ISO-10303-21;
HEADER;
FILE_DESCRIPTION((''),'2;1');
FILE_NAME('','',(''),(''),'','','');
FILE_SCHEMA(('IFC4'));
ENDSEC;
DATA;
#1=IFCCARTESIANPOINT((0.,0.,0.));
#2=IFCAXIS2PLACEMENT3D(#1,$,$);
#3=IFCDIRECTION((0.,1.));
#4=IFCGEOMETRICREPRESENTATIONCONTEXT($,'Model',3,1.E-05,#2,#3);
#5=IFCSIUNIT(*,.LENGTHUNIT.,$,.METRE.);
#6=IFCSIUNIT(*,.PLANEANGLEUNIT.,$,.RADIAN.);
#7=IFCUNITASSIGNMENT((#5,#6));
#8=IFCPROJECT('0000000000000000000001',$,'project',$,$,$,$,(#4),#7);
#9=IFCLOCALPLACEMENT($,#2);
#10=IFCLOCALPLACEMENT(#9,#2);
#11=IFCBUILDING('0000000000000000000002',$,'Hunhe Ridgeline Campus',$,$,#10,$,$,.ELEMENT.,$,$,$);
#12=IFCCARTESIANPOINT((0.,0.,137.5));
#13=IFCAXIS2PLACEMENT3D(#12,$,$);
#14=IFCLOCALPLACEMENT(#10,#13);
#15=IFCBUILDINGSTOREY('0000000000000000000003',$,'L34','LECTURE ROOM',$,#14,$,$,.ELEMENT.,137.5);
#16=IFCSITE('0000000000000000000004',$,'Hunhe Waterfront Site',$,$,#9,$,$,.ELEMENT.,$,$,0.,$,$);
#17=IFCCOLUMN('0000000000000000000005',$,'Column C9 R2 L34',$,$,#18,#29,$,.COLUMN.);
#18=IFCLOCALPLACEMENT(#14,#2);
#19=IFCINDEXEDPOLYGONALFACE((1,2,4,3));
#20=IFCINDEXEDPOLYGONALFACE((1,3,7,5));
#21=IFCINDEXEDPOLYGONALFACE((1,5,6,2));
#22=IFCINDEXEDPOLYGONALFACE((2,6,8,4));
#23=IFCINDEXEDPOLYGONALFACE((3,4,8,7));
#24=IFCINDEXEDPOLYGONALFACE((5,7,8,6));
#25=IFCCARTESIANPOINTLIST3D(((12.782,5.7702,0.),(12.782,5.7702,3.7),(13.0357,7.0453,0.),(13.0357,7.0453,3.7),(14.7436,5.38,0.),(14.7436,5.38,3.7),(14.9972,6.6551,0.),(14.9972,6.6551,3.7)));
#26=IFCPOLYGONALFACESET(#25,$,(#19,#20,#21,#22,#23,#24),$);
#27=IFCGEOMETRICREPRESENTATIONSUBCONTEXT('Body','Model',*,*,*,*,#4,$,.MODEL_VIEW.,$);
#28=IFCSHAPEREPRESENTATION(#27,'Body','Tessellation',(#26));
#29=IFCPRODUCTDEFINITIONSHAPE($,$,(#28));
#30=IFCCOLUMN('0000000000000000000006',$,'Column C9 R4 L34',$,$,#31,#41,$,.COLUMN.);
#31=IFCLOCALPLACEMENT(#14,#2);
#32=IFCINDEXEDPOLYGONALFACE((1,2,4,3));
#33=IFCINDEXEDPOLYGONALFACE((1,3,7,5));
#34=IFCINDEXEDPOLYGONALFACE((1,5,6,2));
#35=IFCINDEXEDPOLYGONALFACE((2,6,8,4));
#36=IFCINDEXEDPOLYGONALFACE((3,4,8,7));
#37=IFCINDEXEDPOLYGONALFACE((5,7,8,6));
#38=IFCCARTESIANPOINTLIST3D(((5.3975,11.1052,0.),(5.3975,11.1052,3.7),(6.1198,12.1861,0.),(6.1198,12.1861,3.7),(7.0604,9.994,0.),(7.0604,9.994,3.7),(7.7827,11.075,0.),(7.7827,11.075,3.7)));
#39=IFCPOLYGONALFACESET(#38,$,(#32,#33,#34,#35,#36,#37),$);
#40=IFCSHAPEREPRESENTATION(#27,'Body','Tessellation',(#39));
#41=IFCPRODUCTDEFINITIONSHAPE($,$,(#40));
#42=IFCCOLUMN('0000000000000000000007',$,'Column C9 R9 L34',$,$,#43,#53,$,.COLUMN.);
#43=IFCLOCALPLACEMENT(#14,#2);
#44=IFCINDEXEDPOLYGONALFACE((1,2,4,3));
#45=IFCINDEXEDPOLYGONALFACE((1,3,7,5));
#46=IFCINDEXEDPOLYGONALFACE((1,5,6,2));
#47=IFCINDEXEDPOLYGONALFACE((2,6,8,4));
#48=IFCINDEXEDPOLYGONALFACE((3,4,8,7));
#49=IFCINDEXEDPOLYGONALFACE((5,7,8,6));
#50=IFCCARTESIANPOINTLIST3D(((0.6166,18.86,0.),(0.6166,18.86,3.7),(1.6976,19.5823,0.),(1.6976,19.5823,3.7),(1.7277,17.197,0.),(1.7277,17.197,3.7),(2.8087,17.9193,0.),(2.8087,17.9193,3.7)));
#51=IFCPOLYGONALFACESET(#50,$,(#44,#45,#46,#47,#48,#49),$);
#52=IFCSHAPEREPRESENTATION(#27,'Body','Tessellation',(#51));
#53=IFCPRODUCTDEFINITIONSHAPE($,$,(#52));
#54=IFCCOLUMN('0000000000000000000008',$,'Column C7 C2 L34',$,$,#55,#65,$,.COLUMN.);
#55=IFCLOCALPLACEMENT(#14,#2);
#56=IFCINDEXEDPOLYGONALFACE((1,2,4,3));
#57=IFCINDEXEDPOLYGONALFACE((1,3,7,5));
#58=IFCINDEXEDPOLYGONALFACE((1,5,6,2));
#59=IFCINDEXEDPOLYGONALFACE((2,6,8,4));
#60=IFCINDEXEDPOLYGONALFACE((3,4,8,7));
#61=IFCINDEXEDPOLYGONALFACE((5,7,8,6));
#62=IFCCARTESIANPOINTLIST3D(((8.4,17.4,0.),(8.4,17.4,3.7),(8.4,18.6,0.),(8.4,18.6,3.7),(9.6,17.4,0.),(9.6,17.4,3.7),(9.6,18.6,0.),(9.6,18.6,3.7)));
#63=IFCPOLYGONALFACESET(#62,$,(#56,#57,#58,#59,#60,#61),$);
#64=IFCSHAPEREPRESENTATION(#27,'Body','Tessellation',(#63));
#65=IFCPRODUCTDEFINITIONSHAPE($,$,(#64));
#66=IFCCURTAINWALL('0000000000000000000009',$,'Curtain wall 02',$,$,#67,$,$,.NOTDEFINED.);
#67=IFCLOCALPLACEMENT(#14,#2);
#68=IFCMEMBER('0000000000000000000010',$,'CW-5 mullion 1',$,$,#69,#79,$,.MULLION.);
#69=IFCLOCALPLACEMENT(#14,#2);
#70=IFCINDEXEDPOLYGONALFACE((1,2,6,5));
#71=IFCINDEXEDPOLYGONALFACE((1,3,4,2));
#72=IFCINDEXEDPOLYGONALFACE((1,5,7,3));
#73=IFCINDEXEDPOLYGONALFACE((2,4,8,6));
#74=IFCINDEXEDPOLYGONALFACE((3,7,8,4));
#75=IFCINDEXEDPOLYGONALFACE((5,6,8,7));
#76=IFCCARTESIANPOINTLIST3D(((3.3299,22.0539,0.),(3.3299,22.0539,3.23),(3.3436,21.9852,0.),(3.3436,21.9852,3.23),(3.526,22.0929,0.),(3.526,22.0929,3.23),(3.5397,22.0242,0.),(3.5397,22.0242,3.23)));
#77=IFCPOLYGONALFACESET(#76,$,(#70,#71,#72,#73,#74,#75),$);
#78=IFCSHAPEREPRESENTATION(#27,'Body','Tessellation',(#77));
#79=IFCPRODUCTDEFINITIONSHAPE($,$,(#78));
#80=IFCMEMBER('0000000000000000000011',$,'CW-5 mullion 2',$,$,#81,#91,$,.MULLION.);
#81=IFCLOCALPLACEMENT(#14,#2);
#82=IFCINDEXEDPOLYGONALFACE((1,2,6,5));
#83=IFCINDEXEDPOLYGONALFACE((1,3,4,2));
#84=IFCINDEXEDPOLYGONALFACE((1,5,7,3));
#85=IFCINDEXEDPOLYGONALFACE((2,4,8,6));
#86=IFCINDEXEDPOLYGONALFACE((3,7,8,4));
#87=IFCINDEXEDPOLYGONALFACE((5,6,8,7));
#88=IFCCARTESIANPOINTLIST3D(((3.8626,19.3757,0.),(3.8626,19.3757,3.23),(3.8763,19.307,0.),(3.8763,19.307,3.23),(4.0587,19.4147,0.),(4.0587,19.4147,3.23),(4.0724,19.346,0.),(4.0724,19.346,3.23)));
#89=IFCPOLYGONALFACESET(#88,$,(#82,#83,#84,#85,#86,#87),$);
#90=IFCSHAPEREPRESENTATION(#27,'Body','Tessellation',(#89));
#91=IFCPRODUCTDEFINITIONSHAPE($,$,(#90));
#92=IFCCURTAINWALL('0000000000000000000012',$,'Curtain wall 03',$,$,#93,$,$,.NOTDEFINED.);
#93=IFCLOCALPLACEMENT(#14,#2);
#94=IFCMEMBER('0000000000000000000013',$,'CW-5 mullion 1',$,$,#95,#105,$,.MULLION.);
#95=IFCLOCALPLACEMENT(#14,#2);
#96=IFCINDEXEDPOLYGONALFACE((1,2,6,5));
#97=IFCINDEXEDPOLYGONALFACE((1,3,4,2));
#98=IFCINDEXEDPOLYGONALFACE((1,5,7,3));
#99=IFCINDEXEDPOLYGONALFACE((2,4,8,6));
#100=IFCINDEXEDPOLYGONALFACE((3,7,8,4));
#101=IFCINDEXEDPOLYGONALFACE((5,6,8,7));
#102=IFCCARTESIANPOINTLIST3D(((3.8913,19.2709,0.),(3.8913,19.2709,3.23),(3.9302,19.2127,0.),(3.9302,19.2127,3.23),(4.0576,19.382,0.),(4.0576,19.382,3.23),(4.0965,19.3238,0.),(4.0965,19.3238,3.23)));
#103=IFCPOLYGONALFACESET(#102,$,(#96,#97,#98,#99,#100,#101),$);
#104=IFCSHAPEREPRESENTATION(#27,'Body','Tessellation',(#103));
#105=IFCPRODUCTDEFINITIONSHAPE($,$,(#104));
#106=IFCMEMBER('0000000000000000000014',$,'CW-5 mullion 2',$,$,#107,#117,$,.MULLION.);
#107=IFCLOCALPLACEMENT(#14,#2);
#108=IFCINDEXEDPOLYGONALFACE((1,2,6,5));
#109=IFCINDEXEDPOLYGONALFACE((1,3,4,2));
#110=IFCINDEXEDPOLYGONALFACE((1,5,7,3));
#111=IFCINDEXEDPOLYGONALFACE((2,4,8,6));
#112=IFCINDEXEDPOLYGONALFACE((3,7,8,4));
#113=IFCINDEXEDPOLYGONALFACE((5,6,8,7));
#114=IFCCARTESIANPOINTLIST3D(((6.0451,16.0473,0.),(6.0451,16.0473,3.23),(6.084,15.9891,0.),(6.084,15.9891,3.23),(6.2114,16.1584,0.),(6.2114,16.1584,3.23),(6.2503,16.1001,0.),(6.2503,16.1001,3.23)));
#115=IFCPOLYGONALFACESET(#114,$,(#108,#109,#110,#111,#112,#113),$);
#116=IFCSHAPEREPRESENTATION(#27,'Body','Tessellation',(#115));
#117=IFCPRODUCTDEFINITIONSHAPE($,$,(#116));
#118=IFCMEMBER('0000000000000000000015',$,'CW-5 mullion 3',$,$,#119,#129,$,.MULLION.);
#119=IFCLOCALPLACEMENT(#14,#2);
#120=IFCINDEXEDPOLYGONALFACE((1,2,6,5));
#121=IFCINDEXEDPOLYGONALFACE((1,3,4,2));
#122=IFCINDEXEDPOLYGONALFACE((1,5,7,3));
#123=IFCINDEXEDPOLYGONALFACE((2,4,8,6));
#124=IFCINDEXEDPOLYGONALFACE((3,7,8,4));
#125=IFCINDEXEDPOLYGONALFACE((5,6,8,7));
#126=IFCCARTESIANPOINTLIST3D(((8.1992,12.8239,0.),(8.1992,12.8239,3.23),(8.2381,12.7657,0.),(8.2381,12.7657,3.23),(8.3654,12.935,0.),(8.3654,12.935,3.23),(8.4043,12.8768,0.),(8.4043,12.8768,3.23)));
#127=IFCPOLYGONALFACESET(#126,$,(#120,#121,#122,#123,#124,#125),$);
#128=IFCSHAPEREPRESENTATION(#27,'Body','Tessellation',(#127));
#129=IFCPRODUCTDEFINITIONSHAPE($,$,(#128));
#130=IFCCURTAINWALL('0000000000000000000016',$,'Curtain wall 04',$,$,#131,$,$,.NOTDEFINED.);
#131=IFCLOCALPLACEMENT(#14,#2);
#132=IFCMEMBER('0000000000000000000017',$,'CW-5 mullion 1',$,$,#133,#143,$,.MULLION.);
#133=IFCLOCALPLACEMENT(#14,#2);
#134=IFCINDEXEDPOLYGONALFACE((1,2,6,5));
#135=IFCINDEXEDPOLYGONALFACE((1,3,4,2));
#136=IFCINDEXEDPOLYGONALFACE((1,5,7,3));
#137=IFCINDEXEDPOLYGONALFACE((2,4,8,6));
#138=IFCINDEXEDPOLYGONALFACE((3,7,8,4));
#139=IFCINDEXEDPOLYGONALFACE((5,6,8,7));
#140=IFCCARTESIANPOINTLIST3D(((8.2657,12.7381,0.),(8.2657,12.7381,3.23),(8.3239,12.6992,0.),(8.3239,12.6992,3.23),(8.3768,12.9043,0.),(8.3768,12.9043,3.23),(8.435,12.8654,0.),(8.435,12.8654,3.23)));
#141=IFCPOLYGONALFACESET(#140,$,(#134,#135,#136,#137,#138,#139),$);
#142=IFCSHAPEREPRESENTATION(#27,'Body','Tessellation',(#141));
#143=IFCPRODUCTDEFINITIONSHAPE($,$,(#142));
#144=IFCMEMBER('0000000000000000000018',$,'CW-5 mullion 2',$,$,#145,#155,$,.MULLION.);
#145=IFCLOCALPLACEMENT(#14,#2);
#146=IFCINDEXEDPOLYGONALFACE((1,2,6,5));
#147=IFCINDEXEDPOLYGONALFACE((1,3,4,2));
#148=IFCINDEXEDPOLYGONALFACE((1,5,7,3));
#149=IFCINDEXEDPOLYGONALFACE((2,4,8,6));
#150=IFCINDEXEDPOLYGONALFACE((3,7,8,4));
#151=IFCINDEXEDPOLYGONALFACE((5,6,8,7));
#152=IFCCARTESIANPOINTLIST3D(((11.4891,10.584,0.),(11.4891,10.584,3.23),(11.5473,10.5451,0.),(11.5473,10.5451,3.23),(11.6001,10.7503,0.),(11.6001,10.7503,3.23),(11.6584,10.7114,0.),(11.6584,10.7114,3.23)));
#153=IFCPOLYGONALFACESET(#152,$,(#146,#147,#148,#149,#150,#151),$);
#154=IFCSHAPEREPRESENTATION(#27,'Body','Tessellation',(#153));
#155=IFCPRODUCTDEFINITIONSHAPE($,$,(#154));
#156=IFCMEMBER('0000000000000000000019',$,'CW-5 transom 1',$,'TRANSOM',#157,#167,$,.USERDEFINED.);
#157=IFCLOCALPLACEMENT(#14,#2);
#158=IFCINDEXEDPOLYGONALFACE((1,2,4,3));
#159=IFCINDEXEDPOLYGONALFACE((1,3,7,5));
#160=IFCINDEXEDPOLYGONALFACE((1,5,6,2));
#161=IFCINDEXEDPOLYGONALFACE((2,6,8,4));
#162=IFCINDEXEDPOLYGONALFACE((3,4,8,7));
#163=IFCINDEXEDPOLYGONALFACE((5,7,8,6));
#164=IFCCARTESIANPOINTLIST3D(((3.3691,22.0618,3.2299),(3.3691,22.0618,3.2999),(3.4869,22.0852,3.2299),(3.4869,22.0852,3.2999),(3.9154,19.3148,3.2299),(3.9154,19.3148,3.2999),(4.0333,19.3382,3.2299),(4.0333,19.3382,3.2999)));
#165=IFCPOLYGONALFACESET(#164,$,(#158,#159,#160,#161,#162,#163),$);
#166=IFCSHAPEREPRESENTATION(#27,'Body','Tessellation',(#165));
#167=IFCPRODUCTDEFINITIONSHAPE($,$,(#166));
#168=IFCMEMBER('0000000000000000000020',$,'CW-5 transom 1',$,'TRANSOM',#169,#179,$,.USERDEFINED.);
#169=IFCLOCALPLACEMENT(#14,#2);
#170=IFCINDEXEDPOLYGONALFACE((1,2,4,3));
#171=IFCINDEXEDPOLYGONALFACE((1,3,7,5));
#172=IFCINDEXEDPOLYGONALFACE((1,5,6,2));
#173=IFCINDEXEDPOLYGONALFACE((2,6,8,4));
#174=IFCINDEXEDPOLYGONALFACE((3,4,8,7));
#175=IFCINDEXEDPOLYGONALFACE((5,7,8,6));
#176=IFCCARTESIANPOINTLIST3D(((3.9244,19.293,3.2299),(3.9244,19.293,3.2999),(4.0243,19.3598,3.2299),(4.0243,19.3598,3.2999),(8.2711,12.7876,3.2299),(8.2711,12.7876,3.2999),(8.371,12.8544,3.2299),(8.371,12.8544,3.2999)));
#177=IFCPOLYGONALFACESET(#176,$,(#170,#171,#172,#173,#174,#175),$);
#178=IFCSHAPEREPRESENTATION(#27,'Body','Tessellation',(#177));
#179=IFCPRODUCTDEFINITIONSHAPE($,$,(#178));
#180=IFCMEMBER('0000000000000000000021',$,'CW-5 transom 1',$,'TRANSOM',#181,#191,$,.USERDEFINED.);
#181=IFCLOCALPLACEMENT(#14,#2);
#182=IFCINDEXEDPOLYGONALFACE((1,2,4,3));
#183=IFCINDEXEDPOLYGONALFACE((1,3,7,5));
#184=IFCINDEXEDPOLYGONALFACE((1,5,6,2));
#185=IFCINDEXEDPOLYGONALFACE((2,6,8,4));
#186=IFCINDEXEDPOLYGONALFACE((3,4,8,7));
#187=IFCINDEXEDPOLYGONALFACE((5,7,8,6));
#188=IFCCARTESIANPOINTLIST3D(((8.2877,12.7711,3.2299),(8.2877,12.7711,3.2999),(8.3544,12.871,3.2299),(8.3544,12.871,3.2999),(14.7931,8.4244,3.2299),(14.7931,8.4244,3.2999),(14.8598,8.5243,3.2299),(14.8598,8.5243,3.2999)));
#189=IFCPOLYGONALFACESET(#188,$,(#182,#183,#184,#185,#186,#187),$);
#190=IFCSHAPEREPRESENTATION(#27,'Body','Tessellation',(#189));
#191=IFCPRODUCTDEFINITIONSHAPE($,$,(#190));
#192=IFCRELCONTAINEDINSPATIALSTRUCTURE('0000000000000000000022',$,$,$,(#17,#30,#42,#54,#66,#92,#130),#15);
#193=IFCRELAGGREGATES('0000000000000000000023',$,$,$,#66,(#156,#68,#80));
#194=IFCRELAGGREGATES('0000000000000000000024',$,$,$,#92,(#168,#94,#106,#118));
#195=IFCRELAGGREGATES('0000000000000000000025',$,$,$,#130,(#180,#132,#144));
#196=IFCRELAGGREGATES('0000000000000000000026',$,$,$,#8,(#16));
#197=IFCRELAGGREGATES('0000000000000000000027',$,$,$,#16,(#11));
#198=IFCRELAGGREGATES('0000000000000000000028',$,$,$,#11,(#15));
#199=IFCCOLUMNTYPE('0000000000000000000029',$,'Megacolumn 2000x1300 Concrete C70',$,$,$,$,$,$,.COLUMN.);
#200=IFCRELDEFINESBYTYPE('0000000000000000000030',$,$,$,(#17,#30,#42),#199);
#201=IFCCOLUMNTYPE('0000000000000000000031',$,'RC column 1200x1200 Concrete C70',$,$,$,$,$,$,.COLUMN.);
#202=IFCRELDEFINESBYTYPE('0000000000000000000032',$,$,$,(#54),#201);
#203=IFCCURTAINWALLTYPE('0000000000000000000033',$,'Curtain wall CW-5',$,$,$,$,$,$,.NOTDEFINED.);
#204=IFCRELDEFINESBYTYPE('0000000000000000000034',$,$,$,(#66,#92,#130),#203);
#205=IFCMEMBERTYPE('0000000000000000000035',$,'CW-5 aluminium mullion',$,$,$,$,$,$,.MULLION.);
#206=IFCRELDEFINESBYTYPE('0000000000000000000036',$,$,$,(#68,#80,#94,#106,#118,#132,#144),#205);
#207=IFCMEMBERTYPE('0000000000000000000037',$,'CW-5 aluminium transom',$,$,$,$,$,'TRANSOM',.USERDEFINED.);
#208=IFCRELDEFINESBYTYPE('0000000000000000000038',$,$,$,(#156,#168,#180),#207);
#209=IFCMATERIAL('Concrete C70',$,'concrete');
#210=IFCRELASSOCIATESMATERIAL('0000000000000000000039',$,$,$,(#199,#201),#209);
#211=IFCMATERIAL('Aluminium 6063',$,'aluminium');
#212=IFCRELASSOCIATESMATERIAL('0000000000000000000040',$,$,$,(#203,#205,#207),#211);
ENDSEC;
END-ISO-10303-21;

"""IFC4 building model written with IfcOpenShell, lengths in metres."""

from ifc_helpers import new_model, si_unit, direction, frame, origin, origin_2d, place, context, subcontext, project, spatial, rectangle, extrude, material, material_profile, profile_set, type_object, element, aggregate, save


model = new_model("IFC4")

# Units and contexts
model_context = context("Model", 3, precision=1e-05, world=origin(), true_north=direction((0.0, 1.0)))
body_context = subcontext(model_context, "Body", "Model", "MODEL_VIEW")
ifc_project = project(units=[si_unit("LENGTHUNIT", "METRE"), si_unit("PLANEANGLEUNIT", "RADIAN")], contexts=[model_context])

# Site, building, storey
site_placement = place(None, origin())
site = spatial("IfcSite", under=ifc_project, at=site_placement, Name="Hunhe Waterfront Site", CompositionType="ELEMENT", RefElevation=0.0)
building_placement = place(site_placement, origin())
building = spatial("IfcBuilding", under=site, at=building_placement, Name="Hunhe Ridgeline Campus", CompositionType="ELEMENT")
storey_placement = place(building_placement, frame((0.0, 0.0, 137.5)))
storey = spatial("IfcBuildingStorey", under=building, at=storey_placement, Name="L34", Description="LECTURE ROOM", CompositionType="ELEMENT", Elevation=137.5)

# Columns
ifc_material_1 = material(Name="Concrete C70", Category="concrete")
ifc_material_profile_1 = material_profile(ifc_material_1, rectangle(XDim=2.0, YDim=1.3, at=origin_2d()))
ifc_profile_set_1 = profile_set([ifc_material_profile_1], Name="Concrete C70")
column_type_1 = type_object("IfcColumnType", Name="Megacolumn 2000x1300 Concrete C70", PredefinedType="COLUMN", material=ifc_profile_set_1)
for number, where, z_axis, x_axis, name in (
    (1, (13.8896, 6.2126, 0.0), (0.0, 0.0, 1.0), (-0.980785, 0.19509, 0.0), "Column C9 R2 L34"),
    (2, (6.5901, 11.0901, 0.0), (0.0, 0.0, 1.0), (-0.83147, 0.55557, 0.0), "Column C9 R4 L34"),
    (3, (1.7126, 18.3896, 0.0), (0.0, 0.0, 1.0), (-0.55557, 0.83147, 0.0), "Column C9 R9 L34"),
):
    element("IfcColumn", number, at=place(storey_placement, frame(where, z_axis=z_axis, x_axis=x_axis)), inside=storey, type_object=column_type_1, Name=name, PredefinedType="COLUMN", context=body_context, shape_type="SweptSolid", body=[
        extrude(rectangle(XDim=2.0, YDim=1.3, at=origin_2d()), origin(), (0.0, 0.0, 1.0), 3.7),
    ])
ifc_material_profile_2 = material_profile(ifc_material_1, rectangle(XDim=1.2, YDim=1.2, at=origin_2d()))
ifc_profile_set_2 = profile_set([ifc_material_profile_2], Name="Concrete C70")
column_type_2 = type_object("IfcColumnType", Name="RC column 1200x1200 Concrete C70", PredefinedType="COLUMN", material=ifc_profile_set_2)
column_placement = place(storey_placement, frame((9.0, 18.0, 0.0), z_axis=(0.0, 0.0, 1.0), x_axis=(1.0, 0.0, 0.0)))
element("IfcColumn", 4, at=column_placement, inside=storey, type_object=column_type_2, Name="Column C7 C2 L34", PredefinedType="COLUMN", context=body_context, shape_type="SweptSolid", body=[
    extrude(rectangle(XDim=1.2, YDim=1.2, at=origin_2d()), origin(), (0.0, 0.0, 1.0), 3.7),
])

# Curtain walls, members
ifc_material_2 = material(Name="Aluminium 6063", Category="aluminium")
curtain_wall_type = type_object("IfcCurtainWallType", Name="Curtain wall CW-5", PredefinedType="NOTDEFINED", material=ifc_material_2)
curtain_wall_1_placement = place(storey_placement, origin())
curtain_wall_1 = element("IfcCurtainWall", 5, at=curtain_wall_1_placement, inside=storey, type_object=curtain_wall_type, Name="Curtain wall 02", PredefinedType="NOTDEFINED")
ifc_material_profile_3 = material_profile(ifc_material_2, rectangle(XDim=0.2, YDim=0.0701, at=origin_2d()))
ifc_profile_set_3 = profile_set([ifc_material_profile_3], Name="Aluminium 6063")
member_type_1 = type_object("IfcMemberType", Name="CW-5 aluminium mullion", PredefinedType="MULLION", material=ifc_profile_set_3)
member_1_placement = place(storey_placement, frame((3.4348, 22.0391, 0.0), z_axis=(0.0, 0.0, 1.0), x_axis=(0.980784, 0.195095, 0.0)))
member_1 = element("IfcMember", 6, at=member_1_placement, type_object=member_type_1, Name="CW-5 mullion 1", PredefinedType="MULLION", context=body_context, shape_type="SweptSolid", body=[
    extrude(rectangle(XDim=0.2, YDim=0.0701, at=origin_2d()), origin(), (0.0, 0.0, 1.0), 3.23),
])
member_2_placement = place(storey_placement, frame((3.9675, 19.3608, 0.0), z_axis=(0.0, 0.0, 1.0), x_axis=(0.980784, 0.195095, 0.0)))
member_2 = element("IfcMember", 7, at=member_2_placement, type_object=member_type_1, Name="CW-5 mullion 2", PredefinedType="MULLION", context=body_context, shape_type="SweptSolid", body=[
    extrude(rectangle(XDim=0.2, YDim=0.0701, at=origin_2d()), origin(), (0.0, 0.0, 1.0), 3.23),
])
curtain_wall_2_placement = place(storey_placement, origin())
curtain_wall_2 = element("IfcCurtainWall", 8, at=curtain_wall_2_placement, inside=storey, type_object=curtain_wall_type, Name="Curtain wall 03", PredefinedType="NOTDEFINED")
member_3_placement = place(storey_placement, frame((3.9939, 19.2974, 0.0), z_axis=(0.0, 0.0, 1.0), x_axis=(0.83147, 0.55557, 0.0)))
member_3 = element("IfcMember", 9, at=member_3_placement, type_object=member_type_1, Name="CW-5 mullion 1", PredefinedType="MULLION", context=body_context, shape_type="SweptSolid", body=[
    extrude(rectangle(XDim=0.2, YDim=0.0701, at=origin_2d()), origin(), (0.0, 0.0, 1.0), 3.23),
])
member_4_placement = place(storey_placement, frame((6.1477, 16.0737, 0.0), z_axis=(0.0, 0.0, 1.0), x_axis=(0.83147, 0.55557, 0.0)))
member_4 = element("IfcMember", 10, at=member_4_placement, type_object=member_type_1, Name="CW-5 mullion 2", PredefinedType="MULLION", context=body_context, shape_type="SweptSolid", body=[
    extrude(rectangle(XDim=0.2, YDim=0.0701, at=origin_2d()), origin(), (0.0, 0.0, 1.0), 3.23),
])
member_5_placement = place(storey_placement, frame((8.3018, 12.8503, 0.0), z_axis=(0.0, 0.0, 1.0), x_axis=(0.83147, 0.55557, 0.0)))
member_5 = element("IfcMember", 11, at=member_5_placement, type_object=member_type_1, Name="CW-5 mullion 3", PredefinedType="MULLION", context=body_context, shape_type="SweptSolid", body=[
    extrude(rectangle(XDim=0.2, YDim=0.0701, at=origin_2d()), origin(), (0.0, 0.0, 1.0), 3.23),
])
curtain_wall_3_placement = place(storey_placement, origin())
curtain_wall_3 = element("IfcCurtainWall", 12, at=curtain_wall_3_placement, inside=storey, type_object=curtain_wall_type, Name="Curtain wall 04", PredefinedType="NOTDEFINED")
member_6_placement = place(storey_placement, frame((8.3503, 12.8018, 0.0), z_axis=(0.0, 0.0, 1.0), x_axis=(0.55557, 0.83147, 0.0)))
member_6 = element("IfcMember", 13, at=member_6_placement, type_object=member_type_1, Name="CW-5 mullion 1", PredefinedType="MULLION", context=body_context, shape_type="SweptSolid", body=[
    extrude(rectangle(XDim=0.2, YDim=0.0701, at=origin_2d()), origin(), (0.0, 0.0, 1.0), 3.23),
])
member_7_placement = place(storey_placement, frame((11.5737, 10.6477, 0.0), z_axis=(0.0, 0.0, 1.0), x_axis=(0.55557, 0.83147, 0.0)))
member_7 = element("IfcMember", 14, at=member_7_placement, type_object=member_type_1, Name="CW-5 mullion 2", PredefinedType="MULLION", context=body_context, shape_type="SweptSolid", body=[
    extrude(rectangle(XDim=0.2, YDim=0.0701, at=origin_2d()), origin(), (0.0, 0.0, 1.0), 3.23),
])

# Members
ifc_material_profile_4 = material_profile(ifc_material_2, rectangle(XDim=0.1201, YDim=0.0701, at=origin_2d()))
ifc_profile_set_4 = profile_set([ifc_material_profile_4], Name="Aluminium 6063")
member_type_2 = type_object("IfcMemberType", Name="CW-5 aluminium transom", ElementType="TRANSOM", PredefinedType="USERDEFINED", material=ifc_profile_set_4)
member_8_placement = place(storey_placement, frame((3.428, 22.0735, 3.2649), z_axis=(0.195077, -0.980788, 0.0), x_axis=(0.980788, 0.195077, 0.0)))
member_8 = element("IfcMember", 15, at=member_8_placement, type_object=member_type_2, Name="CW-5 transom 1", ObjectType="TRANSOM", PredefinedType="USERDEFINED", context=body_context, shape_type="SweptSolid", body=[
    extrude(rectangle(XDim=0.1201, YDim=0.0701, at=origin_2d()), origin(), (0.0, 0.0, 1.0), 2.8008),
])
member_9_placement = place(storey_placement, frame((3.9744, 19.3264, 3.2649), z_axis=(0.555564, -0.831474, 0.0), x_axis=(0.831474, 0.555564, 0.0)))
member_9 = element("IfcMember", 16, at=member_9_placement, type_object=member_type_2, Name="CW-5 transom 1", ObjectType="TRANSOM", PredefinedType="USERDEFINED", context=body_context, shape_type="SweptSolid", body=[
    extrude(rectangle(XDim=0.1201, YDim=0.0701, at=origin_2d()), origin(), (0.0, 0.0, 1.0), 7.824),
])
member_10_placement = place(storey_placement, frame((8.321, 12.821, 3.2649), z_axis=(0.831474, -0.555564, 0.0), x_axis=(0.555564, 0.831474, 0.0)))
member_10 = element("IfcMember", 17, at=member_10_placement, type_object=member_type_2, Name="CW-5 transom 1", ObjectType="TRANSOM", PredefinedType="USERDEFINED", context=body_context, shape_type="SweptSolid", body=[
    extrude(rectangle(XDim=0.1201, YDim=0.0701, at=origin_2d()), origin(), (0.0, 0.0, 1.0), 7.824),
])

aggregate(curtain_wall_1, [member_8, member_1, member_2])
aggregate(curtain_wall_2, [member_9, member_3, member_4, member_5])
aggregate(curtain_wall_3, [member_10, member_6, member_7])

save(model, "model.ifc")
